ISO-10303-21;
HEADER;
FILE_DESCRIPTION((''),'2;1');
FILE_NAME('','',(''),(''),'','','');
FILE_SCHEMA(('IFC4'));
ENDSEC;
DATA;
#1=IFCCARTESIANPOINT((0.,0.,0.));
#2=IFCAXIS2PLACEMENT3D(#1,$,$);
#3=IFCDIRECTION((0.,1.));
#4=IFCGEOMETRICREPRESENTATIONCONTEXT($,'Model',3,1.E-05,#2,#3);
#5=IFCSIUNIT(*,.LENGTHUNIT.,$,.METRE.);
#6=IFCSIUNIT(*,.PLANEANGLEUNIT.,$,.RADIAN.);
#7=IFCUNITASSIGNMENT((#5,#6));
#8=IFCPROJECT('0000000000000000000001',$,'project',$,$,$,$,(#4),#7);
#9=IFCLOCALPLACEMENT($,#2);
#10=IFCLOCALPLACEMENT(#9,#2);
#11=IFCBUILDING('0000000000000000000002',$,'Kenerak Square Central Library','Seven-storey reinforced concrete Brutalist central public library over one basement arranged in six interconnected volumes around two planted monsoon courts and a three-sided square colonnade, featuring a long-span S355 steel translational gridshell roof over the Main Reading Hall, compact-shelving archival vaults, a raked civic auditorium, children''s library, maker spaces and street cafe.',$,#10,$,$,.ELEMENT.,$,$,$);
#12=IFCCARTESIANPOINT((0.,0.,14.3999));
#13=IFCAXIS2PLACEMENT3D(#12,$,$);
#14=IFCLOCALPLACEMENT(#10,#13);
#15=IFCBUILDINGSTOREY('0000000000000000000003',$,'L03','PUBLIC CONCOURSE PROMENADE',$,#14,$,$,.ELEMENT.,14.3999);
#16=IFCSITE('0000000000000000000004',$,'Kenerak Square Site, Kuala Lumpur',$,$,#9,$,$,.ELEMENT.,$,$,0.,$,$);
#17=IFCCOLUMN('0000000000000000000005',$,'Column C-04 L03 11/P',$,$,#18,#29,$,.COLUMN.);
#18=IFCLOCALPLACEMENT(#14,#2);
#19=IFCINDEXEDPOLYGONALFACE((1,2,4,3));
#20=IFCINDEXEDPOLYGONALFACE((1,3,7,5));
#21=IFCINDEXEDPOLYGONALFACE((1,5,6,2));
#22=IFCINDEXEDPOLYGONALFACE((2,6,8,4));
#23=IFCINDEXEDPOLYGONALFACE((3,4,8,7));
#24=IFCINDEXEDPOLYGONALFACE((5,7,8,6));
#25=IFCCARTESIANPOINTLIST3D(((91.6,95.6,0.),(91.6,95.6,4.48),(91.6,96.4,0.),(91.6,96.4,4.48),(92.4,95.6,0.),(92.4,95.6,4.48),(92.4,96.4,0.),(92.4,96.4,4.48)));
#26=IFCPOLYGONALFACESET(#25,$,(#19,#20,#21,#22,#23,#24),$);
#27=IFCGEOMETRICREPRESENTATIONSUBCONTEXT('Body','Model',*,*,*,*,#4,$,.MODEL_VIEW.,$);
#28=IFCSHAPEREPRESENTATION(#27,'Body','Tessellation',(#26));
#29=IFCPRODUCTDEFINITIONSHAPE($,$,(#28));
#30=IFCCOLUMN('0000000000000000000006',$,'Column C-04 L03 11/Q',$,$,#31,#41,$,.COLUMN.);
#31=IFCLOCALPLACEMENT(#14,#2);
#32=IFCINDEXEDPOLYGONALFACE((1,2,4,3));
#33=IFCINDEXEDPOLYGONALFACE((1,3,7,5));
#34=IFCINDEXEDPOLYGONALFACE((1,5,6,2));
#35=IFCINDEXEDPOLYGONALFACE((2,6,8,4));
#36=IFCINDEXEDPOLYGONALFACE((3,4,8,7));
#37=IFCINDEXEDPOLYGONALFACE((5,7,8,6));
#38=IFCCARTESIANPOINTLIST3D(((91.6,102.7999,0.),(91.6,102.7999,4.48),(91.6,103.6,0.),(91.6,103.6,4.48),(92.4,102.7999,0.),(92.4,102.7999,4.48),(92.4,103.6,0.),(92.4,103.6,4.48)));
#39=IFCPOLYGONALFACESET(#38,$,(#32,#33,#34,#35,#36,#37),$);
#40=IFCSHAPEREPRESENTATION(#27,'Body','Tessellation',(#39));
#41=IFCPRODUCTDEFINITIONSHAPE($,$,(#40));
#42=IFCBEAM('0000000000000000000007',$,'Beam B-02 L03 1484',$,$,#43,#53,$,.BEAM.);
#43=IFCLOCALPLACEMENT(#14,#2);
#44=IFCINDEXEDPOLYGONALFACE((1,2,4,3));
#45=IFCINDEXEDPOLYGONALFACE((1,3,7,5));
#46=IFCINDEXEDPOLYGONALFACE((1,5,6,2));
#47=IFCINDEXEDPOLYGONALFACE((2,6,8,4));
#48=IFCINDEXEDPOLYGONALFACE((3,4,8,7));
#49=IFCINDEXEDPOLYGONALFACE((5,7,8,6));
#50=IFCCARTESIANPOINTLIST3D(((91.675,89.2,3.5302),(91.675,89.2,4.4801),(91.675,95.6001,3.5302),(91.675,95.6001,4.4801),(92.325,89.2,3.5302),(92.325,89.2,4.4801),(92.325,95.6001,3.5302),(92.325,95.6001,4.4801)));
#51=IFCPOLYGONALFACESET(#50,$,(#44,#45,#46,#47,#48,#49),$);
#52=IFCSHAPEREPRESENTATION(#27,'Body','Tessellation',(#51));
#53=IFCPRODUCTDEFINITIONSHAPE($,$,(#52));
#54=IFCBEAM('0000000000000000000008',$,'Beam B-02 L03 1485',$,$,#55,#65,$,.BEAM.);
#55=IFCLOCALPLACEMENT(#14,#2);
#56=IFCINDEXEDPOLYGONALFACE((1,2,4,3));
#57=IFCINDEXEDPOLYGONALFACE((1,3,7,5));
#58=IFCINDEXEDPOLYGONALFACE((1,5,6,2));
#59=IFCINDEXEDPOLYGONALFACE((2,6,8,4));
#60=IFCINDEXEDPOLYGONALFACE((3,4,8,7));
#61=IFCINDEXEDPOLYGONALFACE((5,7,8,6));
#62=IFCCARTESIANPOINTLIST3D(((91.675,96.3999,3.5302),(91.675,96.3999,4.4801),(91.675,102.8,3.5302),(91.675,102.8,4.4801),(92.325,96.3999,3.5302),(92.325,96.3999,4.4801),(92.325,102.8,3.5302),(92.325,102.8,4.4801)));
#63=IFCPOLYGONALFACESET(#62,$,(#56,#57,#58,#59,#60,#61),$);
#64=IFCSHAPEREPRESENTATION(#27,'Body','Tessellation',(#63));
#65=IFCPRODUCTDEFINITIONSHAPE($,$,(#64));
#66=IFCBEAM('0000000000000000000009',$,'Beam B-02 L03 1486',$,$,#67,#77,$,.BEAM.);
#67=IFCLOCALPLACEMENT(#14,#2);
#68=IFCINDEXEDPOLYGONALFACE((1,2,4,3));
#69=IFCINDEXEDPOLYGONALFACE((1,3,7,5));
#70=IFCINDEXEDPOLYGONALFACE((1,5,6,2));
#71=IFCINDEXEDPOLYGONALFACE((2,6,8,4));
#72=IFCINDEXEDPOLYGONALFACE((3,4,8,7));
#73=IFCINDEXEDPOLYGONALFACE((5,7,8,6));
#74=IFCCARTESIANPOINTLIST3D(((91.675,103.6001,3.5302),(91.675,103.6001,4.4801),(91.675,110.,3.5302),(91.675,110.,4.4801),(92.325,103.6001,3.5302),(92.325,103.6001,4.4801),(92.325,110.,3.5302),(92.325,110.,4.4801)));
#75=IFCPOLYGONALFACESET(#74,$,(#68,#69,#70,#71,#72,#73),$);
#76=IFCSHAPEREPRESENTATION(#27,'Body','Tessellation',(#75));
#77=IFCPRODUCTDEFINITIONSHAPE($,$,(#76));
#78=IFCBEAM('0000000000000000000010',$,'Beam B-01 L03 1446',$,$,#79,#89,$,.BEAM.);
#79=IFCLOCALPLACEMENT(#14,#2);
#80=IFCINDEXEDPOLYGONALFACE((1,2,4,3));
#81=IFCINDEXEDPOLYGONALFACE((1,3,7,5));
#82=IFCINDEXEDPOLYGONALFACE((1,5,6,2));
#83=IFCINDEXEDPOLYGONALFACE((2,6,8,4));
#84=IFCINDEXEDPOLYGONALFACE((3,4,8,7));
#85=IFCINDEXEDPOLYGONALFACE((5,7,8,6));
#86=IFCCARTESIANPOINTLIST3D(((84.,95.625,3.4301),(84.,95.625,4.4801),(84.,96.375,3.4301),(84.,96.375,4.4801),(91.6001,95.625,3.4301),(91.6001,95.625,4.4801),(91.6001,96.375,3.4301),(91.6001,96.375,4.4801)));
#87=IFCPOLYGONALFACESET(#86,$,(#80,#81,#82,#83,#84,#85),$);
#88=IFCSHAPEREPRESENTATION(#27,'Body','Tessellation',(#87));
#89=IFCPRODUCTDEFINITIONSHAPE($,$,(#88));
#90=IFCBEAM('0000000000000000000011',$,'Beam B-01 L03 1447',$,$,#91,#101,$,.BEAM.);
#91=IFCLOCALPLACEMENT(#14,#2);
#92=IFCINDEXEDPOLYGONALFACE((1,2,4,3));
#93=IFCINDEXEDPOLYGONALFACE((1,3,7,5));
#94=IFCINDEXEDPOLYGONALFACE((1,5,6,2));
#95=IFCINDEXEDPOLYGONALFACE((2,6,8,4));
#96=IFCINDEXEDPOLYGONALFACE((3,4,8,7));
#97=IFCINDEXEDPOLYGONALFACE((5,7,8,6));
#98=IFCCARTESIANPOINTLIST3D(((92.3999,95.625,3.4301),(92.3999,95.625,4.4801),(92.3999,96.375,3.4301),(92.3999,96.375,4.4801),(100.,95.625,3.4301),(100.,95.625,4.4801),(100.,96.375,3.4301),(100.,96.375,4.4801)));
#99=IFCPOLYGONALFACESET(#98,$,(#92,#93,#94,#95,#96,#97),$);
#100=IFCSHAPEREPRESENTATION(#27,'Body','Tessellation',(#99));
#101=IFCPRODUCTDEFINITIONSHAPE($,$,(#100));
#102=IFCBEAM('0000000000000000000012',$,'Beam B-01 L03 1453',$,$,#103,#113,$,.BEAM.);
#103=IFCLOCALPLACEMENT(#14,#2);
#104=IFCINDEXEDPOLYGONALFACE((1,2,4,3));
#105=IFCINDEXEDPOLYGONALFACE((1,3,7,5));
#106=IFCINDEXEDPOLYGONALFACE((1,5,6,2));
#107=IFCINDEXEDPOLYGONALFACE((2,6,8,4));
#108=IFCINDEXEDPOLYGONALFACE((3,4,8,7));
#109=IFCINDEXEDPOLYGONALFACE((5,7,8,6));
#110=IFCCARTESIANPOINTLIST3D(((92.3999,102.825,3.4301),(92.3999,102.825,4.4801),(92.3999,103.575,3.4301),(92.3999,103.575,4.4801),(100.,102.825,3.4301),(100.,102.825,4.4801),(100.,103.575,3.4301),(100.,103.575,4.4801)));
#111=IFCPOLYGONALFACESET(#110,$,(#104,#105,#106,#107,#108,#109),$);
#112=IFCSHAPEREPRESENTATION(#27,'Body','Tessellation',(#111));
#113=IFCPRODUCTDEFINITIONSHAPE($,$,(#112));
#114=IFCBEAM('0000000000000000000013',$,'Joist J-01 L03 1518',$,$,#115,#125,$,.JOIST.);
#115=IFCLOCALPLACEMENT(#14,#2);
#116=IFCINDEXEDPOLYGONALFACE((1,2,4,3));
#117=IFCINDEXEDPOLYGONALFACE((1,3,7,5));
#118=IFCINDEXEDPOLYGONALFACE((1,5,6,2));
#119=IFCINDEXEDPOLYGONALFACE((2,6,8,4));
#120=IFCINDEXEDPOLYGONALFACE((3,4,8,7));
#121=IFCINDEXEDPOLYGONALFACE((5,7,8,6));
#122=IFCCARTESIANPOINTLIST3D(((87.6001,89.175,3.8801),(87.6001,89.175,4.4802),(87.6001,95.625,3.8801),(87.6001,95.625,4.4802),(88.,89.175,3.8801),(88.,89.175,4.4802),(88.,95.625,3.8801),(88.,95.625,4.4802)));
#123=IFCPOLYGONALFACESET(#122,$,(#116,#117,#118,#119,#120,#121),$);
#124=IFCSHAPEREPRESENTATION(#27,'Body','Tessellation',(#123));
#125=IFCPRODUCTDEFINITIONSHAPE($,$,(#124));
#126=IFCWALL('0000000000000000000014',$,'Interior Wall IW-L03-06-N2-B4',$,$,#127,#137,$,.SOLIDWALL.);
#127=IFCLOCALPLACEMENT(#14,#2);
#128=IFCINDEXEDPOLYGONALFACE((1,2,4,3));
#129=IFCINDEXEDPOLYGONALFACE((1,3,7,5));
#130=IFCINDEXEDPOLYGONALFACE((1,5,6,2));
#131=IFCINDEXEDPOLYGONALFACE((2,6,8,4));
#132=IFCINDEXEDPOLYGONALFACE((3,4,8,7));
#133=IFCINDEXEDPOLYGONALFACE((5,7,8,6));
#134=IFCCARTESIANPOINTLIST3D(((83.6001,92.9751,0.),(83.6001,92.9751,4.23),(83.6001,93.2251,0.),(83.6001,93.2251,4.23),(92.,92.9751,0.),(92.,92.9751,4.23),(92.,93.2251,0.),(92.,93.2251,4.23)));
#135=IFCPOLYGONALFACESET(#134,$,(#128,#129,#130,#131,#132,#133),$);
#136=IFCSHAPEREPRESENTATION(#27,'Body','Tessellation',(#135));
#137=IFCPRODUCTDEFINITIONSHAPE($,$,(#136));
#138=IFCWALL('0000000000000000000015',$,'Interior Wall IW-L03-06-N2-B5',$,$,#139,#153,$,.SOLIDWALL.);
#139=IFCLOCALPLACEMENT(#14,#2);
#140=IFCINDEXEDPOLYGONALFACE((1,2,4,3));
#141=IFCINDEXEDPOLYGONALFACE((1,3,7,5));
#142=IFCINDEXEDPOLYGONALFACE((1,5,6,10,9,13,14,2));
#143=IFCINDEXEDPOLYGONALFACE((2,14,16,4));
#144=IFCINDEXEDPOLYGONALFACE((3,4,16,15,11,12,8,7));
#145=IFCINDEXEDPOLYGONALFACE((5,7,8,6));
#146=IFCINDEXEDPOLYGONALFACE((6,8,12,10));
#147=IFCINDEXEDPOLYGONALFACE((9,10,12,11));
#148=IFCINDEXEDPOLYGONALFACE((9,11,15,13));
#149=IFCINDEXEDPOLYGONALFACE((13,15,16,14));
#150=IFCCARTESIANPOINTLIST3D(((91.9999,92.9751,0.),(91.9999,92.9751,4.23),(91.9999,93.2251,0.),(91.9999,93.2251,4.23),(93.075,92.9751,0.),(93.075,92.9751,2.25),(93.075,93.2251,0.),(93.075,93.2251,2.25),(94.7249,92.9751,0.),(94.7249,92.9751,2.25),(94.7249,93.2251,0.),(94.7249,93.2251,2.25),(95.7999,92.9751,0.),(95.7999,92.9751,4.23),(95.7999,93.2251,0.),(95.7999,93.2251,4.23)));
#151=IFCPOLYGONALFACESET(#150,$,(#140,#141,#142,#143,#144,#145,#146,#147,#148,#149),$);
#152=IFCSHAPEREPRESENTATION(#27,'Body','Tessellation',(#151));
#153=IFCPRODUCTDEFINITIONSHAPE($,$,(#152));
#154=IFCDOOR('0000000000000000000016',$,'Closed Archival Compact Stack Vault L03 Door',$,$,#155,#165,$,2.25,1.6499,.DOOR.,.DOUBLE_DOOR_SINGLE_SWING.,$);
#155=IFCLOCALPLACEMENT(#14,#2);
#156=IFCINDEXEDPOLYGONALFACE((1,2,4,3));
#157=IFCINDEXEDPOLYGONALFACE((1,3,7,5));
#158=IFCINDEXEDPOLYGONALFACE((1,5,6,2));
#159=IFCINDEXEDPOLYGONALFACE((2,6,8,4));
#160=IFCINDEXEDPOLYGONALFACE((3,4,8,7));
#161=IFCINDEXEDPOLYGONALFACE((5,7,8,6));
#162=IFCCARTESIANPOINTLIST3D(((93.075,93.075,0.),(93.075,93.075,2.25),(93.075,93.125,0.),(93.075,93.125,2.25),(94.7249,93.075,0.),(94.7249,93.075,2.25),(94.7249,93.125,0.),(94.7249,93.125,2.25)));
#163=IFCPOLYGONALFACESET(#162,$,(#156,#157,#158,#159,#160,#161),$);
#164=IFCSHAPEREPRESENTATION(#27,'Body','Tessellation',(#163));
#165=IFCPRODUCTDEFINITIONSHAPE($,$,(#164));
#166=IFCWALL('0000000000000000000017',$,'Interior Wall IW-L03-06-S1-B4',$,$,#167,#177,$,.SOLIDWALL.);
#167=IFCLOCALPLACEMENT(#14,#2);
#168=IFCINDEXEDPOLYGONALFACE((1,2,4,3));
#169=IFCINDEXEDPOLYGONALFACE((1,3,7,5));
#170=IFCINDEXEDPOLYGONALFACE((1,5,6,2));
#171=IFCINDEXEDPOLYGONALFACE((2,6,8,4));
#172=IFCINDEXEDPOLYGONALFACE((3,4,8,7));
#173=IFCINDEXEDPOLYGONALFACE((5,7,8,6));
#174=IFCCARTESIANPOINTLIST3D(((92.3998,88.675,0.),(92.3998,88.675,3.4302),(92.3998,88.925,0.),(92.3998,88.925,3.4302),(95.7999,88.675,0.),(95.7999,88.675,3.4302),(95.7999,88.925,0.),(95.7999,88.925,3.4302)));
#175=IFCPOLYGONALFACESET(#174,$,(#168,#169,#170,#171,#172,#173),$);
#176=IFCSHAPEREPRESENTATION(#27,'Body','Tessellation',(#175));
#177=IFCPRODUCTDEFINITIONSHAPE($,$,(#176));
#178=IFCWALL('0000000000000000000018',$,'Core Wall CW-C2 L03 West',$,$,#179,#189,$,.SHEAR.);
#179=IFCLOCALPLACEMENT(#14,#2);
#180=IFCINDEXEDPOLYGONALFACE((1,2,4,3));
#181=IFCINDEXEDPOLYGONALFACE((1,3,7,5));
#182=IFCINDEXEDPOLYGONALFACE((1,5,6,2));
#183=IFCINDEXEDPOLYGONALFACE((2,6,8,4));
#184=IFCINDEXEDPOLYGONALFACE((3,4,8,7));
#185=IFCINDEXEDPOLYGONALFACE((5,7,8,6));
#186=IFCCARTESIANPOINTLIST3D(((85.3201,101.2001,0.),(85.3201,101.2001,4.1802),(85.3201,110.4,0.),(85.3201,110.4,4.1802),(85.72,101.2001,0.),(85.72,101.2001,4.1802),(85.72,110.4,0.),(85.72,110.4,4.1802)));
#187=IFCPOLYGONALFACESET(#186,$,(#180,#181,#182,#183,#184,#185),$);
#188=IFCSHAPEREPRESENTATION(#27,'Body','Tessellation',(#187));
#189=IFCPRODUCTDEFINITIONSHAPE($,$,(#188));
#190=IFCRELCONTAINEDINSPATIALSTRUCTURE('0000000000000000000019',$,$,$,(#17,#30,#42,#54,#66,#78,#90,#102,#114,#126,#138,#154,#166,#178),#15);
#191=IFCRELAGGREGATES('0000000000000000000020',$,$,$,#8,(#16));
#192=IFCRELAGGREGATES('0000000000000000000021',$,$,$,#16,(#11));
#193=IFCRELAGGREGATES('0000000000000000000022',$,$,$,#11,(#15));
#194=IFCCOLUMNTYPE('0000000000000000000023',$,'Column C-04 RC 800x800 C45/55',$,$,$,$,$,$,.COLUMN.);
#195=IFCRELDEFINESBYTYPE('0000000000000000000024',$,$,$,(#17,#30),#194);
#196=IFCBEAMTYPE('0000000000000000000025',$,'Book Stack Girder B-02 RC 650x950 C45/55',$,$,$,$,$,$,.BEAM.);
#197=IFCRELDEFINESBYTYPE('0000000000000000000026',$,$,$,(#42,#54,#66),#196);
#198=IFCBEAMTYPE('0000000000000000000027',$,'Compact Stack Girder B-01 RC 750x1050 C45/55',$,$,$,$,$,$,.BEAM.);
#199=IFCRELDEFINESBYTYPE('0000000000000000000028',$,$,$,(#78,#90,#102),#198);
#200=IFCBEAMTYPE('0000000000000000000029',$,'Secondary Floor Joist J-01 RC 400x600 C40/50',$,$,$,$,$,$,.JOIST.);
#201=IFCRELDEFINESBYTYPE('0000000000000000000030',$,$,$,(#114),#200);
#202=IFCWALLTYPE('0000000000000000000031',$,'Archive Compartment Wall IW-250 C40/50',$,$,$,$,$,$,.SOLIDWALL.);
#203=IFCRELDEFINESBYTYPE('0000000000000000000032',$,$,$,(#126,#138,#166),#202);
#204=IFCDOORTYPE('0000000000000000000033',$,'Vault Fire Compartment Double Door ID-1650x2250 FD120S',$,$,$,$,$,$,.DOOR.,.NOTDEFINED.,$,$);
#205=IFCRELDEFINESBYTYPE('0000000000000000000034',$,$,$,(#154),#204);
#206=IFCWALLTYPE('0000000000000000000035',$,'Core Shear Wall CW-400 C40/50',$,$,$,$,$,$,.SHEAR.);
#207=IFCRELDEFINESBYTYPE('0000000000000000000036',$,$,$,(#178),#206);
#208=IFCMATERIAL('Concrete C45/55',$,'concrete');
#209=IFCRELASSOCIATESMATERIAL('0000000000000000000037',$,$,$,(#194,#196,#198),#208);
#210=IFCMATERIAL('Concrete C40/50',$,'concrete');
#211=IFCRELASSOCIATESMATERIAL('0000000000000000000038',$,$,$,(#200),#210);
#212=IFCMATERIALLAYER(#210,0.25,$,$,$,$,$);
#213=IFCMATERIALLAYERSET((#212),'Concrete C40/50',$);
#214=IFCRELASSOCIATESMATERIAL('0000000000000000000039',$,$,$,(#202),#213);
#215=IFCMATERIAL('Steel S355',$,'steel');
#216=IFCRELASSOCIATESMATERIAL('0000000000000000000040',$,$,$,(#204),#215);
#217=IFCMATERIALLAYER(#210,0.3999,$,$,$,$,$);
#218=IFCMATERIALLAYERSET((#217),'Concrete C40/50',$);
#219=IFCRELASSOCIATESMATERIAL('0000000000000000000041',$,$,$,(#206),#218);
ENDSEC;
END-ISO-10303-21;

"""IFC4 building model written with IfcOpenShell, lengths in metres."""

from ifc_helpers import new_model, si_unit, direction, frame, frame_2d, origin, origin_2d, place, context, subcontext, project, spatial, rectangle, extrude, material, layer, layer_set, material_profile, profile_set, type_object, element, fill, save


model = new_model("IFC4")

# Units and contexts
model_context = context("Model", 3, precision=1e-05, world=origin(), true_north=direction((0.0, 1.0)))
body_context = subcontext(model_context, "Body", "Model", "MODEL_VIEW")
ifc_project = project(units=[si_unit("LENGTHUNIT", "METRE"), si_unit("PLANEANGLEUNIT", "RADIAN")], contexts=[model_context])

# Site, building, storey
site_placement = place(None, origin())
site = spatial("IfcSite", under=ifc_project, at=site_placement, Name="Kenerak Square Site, Kuala Lumpur", CompositionType="ELEMENT", RefElevation=0.0)
building_placement = place(site_placement, origin())
building = spatial("IfcBuilding", under=site, at=building_placement, Name="Kenerak Square Central Library", Description="Seven-storey reinforced concrete Brutalist central public library over one basement arranged in six interconnected volumes around two planted monsoon courts and a three-sided square colonnade, featuring a long-span S355 steel translational gridshell roof over the Main Reading Hall, compact-shelving archival vaults, a raked civic auditorium, children's library, maker spaces and street cafe.", CompositionType="ELEMENT")
storey_placement = place(building_placement, frame((0.0, 0.0, 14.3999)))
storey = spatial("IfcBuildingStorey", under=building, at=storey_placement, Name="L03", Description="PUBLIC CONCOURSE PROMENADE", CompositionType="ELEMENT", Elevation=14.3999)

# Columns
ifc_material_1 = material(Name="Concrete C45/55", Category="concrete")
ifc_material_profile_1 = material_profile(ifc_material_1, rectangle(XDim=0.8, YDim=0.8, at=origin_2d()), Name="RC 800x800")
ifc_profile_set_1 = profile_set([ifc_material_profile_1], Name="Concrete C45/55")
column_type = type_object("IfcColumnType", Name="Column C-04 RC 800x800 C45/55", PredefinedType="COLUMN", material=ifc_profile_set_1)
for number, where, z_axis, x_axis, name in (
    (1, (92.0, 96.0, 0.0), (0.0, 0.0, 1.0), (1.0, 0.0, 0.0), "Column C-04 L03 11/P"),
    (2, (92.0, 103.2, 0.0), (0.0, 0.0, 1.0), (1.0, 0.0, 0.0), "Column C-04 L03 11/Q"),
):
    element("IfcColumn", number, at=place(storey_placement, frame(where, z_axis=z_axis, x_axis=x_axis)), inside=storey, type_object=column_type, Name=name, PredefinedType="COLUMN", context=body_context, shape_type="SweptSolid", body=[
        extrude(rectangle(XDim=0.8, YDim=0.8, at=origin_2d()), origin(), (0.0, 0.0, 1.0), 4.48),
    ])

# Beams
ifc_material_profile_2 = material_profile(ifc_material_1, rectangle(XDim=0.6499, YDim=0.95, at=origin_2d()), Name="RC 650x950")
ifc_profile_set_2 = profile_set([ifc_material_profile_2], Name="Concrete C45/55")
beam_type_1 = type_object("IfcBeamType", Name="Book Stack Girder B-02 RC 650x950 C45/55", PredefinedType="BEAM", material=ifc_profile_set_2)
for number, where, z_axis, x_axis, name in (
    (3, (92.0, 89.2, 4.0051), (0.0, 1.0, 0.0), (-1.0, 0.0, 0.0), "Beam B-02 L03 1484"),
    (4, (92.0, 96.3999, 4.0051), (0.0, 1.0, 0.0), (-1.0, 0.0, 0.0), "Beam B-02 L03 1485"),
):
    element("IfcBeam", number, at=place(storey_placement, frame(where, z_axis=z_axis, x_axis=x_axis)), inside=storey, type_object=beam_type_1, Name=name, PredefinedType="BEAM", context=body_context, shape_type="SweptSolid", body=[
        extrude(rectangle(XDim=0.6499, YDim=0.95, at=origin_2d()), origin(), (0.0, 0.0, 1.0), 6.4001),
    ])
beam_1_placement = place(storey_placement, frame((92.0, 103.6001, 4.0051), z_axis=(0.0, 1.0, 0.0), x_axis=(-1.0, 0.0, 0.0)))
element("IfcBeam", 5, at=beam_1_placement, inside=storey, type_object=beam_type_1, Name="Beam B-02 L03 1486", PredefinedType="BEAM", context=body_context, shape_type="SweptSolid", body=[
    extrude(rectangle(XDim=0.6499, YDim=0.95, at=origin_2d()), origin(), (0.0, 0.0, 1.0), 6.3999),
])
ifc_material_profile_3 = material_profile(ifc_material_1, rectangle(XDim=0.75, YDim=1.05, at=origin_2d()), Name="RC 750x1050")
ifc_profile_set_3 = profile_set([ifc_material_profile_3], Name="Concrete C45/55")
beam_type_2 = type_object("IfcBeamType", Name="Compact Stack Girder B-01 RC 750x1050 C45/55", PredefinedType="BEAM", material=ifc_profile_set_3)
for number, where, z_axis, x_axis, name in (
    (6, (84.0, 96.0, 3.9551), (1.0, 0.0, 0.0), (0.0, 1.0, 0.0), "Beam B-01 L03 1446"),
    (7, (92.3999, 96.0, 3.9551), (1.0, 0.0, 0.0), (0.0, 1.0, 0.0), "Beam B-01 L03 1447"),
    (8, (92.3999, 103.2, 3.9551), (1.0, 0.0, 0.0), (0.0, 1.0, 0.0), "Beam B-01 L03 1453"),
):
    element("IfcBeam", number, at=place(storey_placement, frame(where, z_axis=z_axis, x_axis=x_axis)), inside=storey, type_object=beam_type_2, Name=name, PredefinedType="BEAM", context=body_context, shape_type="SweptSolid", body=[
        extrude(rectangle(XDim=0.75, YDim=1.05, at=origin_2d()), origin(), (0.0, 0.0, 1.0), 7.6001),
    ])
ifc_material_2 = material(Name="Concrete C40/50", Category="concrete")
ifc_material_profile_4 = material_profile(ifc_material_2, rectangle(XDim=0.3999, YDim=0.6001, at=origin_2d()), Name="RC 400x600")
ifc_profile_set_4 = profile_set([ifc_material_profile_4], Name="Concrete C40/50")
beam_type_3 = type_object("IfcBeamType", Name="Secondary Floor Joist J-01 RC 400x600 C40/50", PredefinedType="JOIST", material=ifc_profile_set_4)
beam_2_placement = place(storey_placement, frame((87.8, 89.175, 4.1802), z_axis=(0.0, 1.0, 0.0), x_axis=(-1.0, 0.0, 0.0)))
element("IfcBeam", 9, at=beam_2_placement, inside=storey, type_object=beam_type_3, Name="Joist J-01 L03 1518", PredefinedType="JOIST", context=body_context, shape_type="SweptSolid", body=[
    extrude(rectangle(XDim=0.3999, YDim=0.6001, at=origin_2d()), origin(), (0.0, 0.0, 1.0), 6.45),
])

# Wall
ifc_layer_1 = layer(ifc_material_2, 0.25)
ifc_layer_set_1 = layer_set([ifc_layer_1], Name="Concrete C40/50")
wall_type_1 = type_object("IfcWallType", Name="Archive Compartment Wall IW-250 C40/50", PredefinedType="SOLIDWALL", material=ifc_layer_set_1)
wall_1_placement = place(storey_placement, frame((83.6001, 93.1001, 0.0), z_axis=(0.0, 0.0, 1.0), x_axis=(1.0, 0.0, 0.0)))
element("IfcWall", 10, at=wall_1_placement, inside=storey, type_object=wall_type_1, Name="Interior Wall IW-L03-06-N2-B4", PredefinedType="SOLIDWALL", context=body_context, shape_type="SweptSolid", body=[
    extrude(rectangle(XDim=8.3999, YDim=0.25, at=frame_2d((4.2, 0.0))), origin(), (0.0, 0.0, 1.0), 4.23),
])

# Wall, opening, door
wall_2_placement = place(storey_placement, frame((92.0, 93.1001, 0.0), z_axis=(0.0, 0.0, 1.0), x_axis=(1.0, 0.0, 0.0)))
wall_2 = element("IfcWall", 11, at=wall_2_placement, inside=storey, type_object=wall_type_1, Name="Interior Wall IW-L03-06-N2-B5", PredefinedType="SOLIDWALL", context=body_context, shape_type="SweptSolid", body=[
    extrude(rectangle(XDim=3.8, YDim=0.25, at=frame_2d((1.8999, 0.0))), origin(), (0.0, 0.0, 1.0), 4.23),
])
opening_1_placement = place(wall_2_placement, frame((1.075, 0.0, 0.0)))
opening_1 = element("IfcOpeningElement", 12, at=opening_1_placement, cuts=wall_2, PredefinedType="OPENING", context=body_context, shape_type="SweptSolid", body=[
    extrude(rectangle(XDim=1.6499, YDim=2.25, at=frame_2d((0.825, 1.125))), frame((0.0, 0.135, 0.0), z_axis=(0.0, -1.0, 0.0), x_axis=(1.0, 0.0, 0.0)), (0.0, 0.0, 1.0), 0.27),
])
ifc_material_3 = material(Name="Steel S355", Category="steel")
door_type_1 = type_object("IfcDoorType", Name="Vault Fire Compartment Double Door ID-1650x2250 FD120S", OperationType="NOTDEFINED", PredefinedType="DOOR", material=ifc_material_3)
door_1_placement = place(opening_1_placement, origin())
door_1 = element("IfcDoor", 13, at=door_1_placement, inside=storey, type_object=door_type_1, Name="Closed Archival Compact Stack Vault L03 Door", OperationType="DOUBLE_DOOR_SINGLE_SWING", OverallHeight=2.25, OverallWidth=1.6499, PredefinedType="DOOR", context=body_context, shape_type="SweptSolid", body=[
    extrude(rectangle(XDim=1.6499, YDim=2.25, at=frame_2d((0.825, 1.125))), frame((0.0, 0.0249, 0.0), z_axis=(0.0, -1.0, 0.0), x_axis=(1.0, 0.0, 0.0)), (0.0, 0.0, 1.0), 0.05),
])
fill(opening_1, door_1)

# Walls
wall_3_placement = place(storey_placement, frame((95.8, 88.8, 0.0), z_axis=(0.0, 0.0, 1.0), x_axis=(-1.0, 0.0, 0.0)))
element("IfcWall", 14, at=wall_3_placement, inside=storey, type_object=wall_type_1, Name="Interior Wall IW-L03-06-S1-B4", PredefinedType="SOLIDWALL", context=body_context, shape_type="SweptSolid", body=[
    extrude(rectangle(XDim=3.4001, YDim=0.25, at=frame_2d((1.7002, 0.0))), origin(), (0.0, 0.0, 1.0), 3.4302),
])
ifc_layer_2 = layer(ifc_material_2, 0.3999)
ifc_layer_set_2 = layer_set([ifc_layer_2], Name="Concrete C40/50")
wall_type_2 = type_object("IfcWallType", Name="Core Shear Wall CW-400 C40/50", PredefinedType="SHEAR", material=ifc_layer_set_2)
wall_4_placement = place(storey_placement, frame((85.52, 101.2, 0.0), z_axis=(0.0, 0.0, 1.0), x_axis=(0.0, 1.0, 0.0)))
element("IfcWall", 15, at=wall_4_placement, inside=storey, type_object=wall_type_2, Name="Core Wall CW-C2 L03 West", PredefinedType="SHEAR", context=body_context, shape_type="SweptSolid", body=[
    extrude(rectangle(XDim=9.2, YDim=0.3999, at=frame_2d((4.6001, 0.0))), origin(), (0.0, 0.0, 1.0), 4.1802),
])

save(model, "model.ifc")
